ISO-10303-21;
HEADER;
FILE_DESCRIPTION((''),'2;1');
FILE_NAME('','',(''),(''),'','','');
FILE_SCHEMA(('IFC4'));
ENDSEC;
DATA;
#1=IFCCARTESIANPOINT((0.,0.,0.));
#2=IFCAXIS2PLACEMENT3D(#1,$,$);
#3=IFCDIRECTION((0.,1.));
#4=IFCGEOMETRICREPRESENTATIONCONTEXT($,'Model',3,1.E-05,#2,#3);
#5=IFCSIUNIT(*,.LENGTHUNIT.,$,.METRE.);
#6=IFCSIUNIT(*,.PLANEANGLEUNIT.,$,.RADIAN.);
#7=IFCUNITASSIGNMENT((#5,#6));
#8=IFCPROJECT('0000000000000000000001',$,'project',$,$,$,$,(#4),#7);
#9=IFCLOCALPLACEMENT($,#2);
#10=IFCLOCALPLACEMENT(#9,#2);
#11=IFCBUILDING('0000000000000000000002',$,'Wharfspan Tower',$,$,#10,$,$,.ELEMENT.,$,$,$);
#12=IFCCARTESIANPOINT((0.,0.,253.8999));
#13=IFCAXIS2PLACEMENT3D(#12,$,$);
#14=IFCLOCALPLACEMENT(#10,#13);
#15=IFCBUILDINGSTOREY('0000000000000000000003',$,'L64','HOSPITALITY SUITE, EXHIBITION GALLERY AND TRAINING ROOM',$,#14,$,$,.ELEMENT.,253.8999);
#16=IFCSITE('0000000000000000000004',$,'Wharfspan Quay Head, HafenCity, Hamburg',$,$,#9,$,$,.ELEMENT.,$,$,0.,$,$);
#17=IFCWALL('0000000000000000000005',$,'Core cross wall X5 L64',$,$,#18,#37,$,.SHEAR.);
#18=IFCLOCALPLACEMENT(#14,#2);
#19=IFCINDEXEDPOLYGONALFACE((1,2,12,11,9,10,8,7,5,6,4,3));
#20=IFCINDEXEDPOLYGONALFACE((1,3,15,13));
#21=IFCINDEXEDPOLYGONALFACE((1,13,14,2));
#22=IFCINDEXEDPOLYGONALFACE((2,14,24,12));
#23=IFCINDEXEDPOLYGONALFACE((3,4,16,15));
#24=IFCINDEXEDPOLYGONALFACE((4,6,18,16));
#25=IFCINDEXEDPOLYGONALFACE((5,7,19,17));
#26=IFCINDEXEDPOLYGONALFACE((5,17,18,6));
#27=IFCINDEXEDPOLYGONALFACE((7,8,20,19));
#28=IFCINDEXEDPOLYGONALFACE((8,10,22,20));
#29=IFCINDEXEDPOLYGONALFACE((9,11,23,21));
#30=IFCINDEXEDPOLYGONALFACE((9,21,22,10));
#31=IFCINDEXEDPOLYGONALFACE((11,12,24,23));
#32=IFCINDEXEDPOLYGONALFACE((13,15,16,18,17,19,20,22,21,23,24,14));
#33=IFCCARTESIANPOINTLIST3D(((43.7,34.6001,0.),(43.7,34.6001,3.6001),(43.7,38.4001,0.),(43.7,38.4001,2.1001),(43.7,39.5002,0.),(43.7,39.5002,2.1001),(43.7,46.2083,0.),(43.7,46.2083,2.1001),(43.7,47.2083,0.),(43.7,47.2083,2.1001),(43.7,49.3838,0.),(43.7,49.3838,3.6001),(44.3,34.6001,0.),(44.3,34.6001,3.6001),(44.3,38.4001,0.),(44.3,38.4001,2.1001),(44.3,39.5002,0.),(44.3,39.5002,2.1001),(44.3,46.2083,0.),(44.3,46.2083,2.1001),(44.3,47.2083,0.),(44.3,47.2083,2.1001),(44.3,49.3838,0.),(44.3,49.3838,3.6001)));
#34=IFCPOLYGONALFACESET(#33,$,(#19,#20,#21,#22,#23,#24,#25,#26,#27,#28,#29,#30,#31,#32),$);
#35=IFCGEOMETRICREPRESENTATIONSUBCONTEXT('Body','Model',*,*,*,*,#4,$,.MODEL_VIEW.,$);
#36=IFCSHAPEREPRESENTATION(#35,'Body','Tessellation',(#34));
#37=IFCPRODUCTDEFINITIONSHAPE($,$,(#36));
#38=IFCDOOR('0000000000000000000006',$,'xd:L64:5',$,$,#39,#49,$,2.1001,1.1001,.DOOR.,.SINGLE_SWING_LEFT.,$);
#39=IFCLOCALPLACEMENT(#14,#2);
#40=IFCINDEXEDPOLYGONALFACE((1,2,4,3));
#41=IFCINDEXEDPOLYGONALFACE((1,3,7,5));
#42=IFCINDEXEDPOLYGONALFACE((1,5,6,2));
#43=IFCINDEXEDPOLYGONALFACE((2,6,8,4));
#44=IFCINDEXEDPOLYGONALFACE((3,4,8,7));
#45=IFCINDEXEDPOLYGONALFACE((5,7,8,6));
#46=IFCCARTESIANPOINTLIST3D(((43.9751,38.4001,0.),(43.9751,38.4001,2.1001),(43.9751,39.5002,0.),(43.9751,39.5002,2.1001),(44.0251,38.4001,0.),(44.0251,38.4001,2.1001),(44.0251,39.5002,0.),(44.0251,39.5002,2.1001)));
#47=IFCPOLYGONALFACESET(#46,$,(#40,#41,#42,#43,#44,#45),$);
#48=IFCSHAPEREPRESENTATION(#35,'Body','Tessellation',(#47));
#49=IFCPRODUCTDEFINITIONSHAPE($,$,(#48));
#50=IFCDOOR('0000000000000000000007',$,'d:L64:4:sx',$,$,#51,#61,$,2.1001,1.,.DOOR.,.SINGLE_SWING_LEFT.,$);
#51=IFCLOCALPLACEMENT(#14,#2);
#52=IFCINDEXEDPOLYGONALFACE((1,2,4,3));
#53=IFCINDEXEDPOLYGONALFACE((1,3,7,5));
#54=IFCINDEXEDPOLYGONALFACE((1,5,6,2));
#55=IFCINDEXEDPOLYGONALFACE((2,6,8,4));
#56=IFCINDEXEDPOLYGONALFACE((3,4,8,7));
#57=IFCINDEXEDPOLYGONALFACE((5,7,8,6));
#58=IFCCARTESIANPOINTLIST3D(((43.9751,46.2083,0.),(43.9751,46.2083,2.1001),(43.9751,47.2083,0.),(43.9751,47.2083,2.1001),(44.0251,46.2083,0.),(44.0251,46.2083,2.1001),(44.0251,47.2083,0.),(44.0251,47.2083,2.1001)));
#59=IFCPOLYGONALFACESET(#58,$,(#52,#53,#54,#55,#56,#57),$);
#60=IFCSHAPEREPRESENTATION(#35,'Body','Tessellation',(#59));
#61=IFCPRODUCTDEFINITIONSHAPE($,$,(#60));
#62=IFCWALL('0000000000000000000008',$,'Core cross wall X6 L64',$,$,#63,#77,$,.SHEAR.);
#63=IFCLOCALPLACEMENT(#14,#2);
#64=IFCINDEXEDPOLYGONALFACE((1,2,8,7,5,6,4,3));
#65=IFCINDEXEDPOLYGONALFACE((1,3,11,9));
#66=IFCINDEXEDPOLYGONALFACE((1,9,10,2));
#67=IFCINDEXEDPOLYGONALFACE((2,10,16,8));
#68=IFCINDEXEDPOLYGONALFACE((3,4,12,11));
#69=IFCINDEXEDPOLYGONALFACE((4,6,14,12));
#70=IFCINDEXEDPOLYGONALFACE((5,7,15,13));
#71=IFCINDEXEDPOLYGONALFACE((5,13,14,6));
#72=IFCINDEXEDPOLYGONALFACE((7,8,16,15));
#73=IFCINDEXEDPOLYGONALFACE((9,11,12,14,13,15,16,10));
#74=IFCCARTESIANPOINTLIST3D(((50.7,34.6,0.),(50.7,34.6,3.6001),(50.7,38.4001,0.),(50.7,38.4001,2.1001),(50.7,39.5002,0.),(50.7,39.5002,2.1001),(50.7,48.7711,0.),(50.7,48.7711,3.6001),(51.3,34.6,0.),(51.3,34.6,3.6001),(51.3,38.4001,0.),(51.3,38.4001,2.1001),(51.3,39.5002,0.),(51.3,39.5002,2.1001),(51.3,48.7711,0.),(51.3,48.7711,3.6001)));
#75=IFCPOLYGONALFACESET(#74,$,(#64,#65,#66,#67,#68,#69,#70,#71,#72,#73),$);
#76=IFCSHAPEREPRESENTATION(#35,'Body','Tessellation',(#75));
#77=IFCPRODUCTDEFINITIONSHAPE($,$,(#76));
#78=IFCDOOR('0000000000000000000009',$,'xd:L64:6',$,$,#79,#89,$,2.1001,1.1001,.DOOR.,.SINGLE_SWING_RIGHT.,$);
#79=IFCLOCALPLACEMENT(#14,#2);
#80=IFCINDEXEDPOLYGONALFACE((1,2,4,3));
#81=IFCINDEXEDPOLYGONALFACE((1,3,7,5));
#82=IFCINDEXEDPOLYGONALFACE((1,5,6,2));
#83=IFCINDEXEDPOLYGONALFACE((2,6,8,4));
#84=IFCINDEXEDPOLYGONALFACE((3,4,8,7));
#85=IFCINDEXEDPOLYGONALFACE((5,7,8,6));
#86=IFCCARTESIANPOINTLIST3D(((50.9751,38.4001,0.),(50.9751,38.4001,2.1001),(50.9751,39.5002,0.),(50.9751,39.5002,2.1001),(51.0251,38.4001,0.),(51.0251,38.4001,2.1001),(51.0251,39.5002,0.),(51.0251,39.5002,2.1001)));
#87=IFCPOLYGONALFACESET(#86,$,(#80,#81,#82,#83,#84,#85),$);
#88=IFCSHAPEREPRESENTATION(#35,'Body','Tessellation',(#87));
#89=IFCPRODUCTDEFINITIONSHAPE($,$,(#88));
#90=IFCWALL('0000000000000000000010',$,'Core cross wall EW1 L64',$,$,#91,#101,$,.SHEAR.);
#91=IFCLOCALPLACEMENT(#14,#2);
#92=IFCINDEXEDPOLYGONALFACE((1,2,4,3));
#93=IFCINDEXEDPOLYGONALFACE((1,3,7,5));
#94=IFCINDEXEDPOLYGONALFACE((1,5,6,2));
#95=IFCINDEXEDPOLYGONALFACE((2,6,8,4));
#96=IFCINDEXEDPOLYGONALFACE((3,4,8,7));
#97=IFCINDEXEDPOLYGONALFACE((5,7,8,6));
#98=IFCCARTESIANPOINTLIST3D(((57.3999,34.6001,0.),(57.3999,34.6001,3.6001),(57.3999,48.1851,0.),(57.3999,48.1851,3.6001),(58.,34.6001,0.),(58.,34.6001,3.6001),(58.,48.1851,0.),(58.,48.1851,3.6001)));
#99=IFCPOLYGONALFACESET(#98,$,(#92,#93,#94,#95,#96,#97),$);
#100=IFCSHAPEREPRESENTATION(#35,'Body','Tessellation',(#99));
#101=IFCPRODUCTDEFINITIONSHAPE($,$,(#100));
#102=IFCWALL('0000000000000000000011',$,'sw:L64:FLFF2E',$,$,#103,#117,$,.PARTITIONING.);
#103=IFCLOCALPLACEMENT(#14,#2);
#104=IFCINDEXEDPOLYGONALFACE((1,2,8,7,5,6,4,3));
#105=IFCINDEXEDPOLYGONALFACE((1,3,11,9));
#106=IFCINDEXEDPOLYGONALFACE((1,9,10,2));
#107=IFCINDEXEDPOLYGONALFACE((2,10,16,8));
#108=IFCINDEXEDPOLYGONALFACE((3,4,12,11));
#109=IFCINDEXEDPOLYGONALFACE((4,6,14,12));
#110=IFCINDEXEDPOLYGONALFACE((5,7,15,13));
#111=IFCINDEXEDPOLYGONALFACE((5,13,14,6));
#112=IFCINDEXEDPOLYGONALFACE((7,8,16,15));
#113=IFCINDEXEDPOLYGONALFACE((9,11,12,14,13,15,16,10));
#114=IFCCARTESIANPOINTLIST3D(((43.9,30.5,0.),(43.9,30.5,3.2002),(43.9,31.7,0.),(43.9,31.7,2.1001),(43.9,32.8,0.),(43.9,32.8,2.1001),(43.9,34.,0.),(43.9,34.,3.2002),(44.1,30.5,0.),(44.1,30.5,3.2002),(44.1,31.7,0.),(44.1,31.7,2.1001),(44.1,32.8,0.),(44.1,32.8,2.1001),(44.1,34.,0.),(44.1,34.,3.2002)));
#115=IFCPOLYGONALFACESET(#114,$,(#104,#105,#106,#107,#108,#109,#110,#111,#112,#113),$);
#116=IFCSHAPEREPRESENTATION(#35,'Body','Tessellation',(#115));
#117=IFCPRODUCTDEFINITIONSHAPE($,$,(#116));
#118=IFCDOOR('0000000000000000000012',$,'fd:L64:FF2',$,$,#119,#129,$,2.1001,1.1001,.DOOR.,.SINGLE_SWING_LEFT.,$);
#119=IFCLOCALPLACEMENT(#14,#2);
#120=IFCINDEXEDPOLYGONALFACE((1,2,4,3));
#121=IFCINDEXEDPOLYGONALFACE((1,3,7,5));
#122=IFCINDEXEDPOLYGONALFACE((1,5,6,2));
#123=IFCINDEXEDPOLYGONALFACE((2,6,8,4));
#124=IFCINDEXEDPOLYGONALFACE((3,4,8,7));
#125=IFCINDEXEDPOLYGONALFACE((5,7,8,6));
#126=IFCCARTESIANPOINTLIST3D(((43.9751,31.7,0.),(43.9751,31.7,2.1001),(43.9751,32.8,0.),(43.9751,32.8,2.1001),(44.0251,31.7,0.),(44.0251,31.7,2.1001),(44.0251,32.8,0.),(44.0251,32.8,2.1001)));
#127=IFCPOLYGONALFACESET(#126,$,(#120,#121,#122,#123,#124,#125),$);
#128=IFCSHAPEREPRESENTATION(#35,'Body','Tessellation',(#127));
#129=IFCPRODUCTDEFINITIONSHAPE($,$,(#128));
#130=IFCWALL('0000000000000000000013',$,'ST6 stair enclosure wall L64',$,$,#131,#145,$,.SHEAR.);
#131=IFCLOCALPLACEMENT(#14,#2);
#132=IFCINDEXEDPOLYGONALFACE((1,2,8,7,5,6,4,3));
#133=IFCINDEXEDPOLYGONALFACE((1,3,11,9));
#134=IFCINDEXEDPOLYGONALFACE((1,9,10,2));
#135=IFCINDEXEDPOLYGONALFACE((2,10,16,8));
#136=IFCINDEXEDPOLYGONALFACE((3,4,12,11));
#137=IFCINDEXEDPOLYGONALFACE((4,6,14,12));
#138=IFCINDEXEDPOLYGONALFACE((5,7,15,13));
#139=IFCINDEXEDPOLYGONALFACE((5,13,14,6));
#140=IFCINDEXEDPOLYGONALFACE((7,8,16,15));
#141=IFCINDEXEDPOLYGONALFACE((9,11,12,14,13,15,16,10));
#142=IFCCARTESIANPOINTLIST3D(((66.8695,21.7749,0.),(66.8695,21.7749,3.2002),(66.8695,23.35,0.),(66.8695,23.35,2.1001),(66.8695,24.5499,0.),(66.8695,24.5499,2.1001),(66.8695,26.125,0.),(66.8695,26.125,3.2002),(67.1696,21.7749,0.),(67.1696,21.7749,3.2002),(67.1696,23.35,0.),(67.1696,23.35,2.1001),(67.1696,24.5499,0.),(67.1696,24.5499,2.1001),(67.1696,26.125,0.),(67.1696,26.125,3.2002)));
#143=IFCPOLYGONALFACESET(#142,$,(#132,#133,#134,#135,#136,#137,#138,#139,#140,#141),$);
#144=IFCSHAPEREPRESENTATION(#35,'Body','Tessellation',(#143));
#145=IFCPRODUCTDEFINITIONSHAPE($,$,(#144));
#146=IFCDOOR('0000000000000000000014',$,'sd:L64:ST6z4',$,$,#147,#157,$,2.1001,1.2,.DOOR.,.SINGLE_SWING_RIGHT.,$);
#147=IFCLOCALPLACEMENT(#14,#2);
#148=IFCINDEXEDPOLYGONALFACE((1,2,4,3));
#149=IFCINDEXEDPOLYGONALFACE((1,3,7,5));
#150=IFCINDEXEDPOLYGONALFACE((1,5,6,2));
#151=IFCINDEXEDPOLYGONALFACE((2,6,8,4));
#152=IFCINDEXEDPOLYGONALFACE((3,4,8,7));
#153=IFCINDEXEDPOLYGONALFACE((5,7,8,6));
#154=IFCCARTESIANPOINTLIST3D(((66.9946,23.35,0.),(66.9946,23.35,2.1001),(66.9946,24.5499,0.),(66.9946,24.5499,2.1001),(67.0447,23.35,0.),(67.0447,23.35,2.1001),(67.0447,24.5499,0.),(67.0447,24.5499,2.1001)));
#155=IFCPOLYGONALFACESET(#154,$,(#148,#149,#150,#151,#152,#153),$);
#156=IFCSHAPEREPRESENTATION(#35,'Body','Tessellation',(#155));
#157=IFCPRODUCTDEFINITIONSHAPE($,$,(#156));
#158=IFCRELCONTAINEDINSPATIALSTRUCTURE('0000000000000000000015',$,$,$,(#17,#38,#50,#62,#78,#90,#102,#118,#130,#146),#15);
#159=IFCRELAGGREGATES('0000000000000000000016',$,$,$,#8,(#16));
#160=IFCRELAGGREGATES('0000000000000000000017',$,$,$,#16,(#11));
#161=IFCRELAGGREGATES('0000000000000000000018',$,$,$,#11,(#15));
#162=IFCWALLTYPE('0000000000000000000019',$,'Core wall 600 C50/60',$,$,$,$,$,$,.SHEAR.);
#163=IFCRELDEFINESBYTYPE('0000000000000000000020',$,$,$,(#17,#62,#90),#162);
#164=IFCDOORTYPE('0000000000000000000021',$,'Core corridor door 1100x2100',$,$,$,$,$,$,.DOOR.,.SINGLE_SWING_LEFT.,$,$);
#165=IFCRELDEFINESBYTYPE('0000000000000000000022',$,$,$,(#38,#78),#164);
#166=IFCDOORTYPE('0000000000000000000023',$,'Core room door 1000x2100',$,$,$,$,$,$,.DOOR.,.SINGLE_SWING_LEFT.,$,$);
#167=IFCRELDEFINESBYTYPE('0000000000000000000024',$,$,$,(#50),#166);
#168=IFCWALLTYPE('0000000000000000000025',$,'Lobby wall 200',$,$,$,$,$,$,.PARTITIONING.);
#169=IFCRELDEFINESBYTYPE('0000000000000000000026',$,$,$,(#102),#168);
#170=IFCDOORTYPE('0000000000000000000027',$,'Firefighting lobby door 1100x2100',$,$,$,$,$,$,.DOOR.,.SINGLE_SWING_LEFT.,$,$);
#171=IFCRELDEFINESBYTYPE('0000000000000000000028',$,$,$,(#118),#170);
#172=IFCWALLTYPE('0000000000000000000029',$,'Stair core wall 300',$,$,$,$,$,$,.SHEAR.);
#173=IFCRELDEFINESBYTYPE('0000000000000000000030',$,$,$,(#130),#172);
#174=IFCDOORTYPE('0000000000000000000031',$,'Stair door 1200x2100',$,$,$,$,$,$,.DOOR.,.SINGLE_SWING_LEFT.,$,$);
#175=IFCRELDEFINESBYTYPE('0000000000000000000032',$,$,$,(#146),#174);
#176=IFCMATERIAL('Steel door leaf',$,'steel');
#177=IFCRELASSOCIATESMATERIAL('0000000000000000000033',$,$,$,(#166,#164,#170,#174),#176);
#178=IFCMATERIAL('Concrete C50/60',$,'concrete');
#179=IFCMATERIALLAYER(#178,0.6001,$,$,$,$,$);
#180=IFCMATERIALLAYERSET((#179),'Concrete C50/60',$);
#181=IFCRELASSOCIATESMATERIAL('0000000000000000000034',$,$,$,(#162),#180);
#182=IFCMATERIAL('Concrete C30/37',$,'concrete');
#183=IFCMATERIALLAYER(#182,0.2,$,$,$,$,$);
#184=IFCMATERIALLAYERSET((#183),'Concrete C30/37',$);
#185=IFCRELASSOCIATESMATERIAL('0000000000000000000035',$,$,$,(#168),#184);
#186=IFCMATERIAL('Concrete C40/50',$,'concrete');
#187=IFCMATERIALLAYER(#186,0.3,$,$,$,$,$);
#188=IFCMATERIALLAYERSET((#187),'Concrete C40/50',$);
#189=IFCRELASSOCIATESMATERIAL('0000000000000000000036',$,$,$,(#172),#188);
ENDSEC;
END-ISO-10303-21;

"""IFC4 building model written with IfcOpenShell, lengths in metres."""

from ifc_helpers import new_model, si_unit, direction, frame, frame_2d, origin, place, context, subcontext, project, spatial, rectangle, extrude, material, layer, layer_set, type_object, element, fill, save


model = new_model("IFC4")

# Units and contexts
model_context = context("Model", 3, precision=1e-05, world=origin(), true_north=direction((0.0, 1.0)))
body_context = subcontext(model_context, "Body", "Model", "MODEL_VIEW")
ifc_project = project(units=[si_unit("LENGTHUNIT", "METRE"), si_unit("PLANEANGLEUNIT", "RADIAN")], contexts=[model_context])

# Site, building, storey
site_placement = place(None, origin())
site = spatial("IfcSite", under=ifc_project, at=site_placement, Name="Wharfspan Quay Head, HafenCity, Hamburg", CompositionType="ELEMENT", RefElevation=0.0)
building_placement = place(site_placement, origin())
building = spatial("IfcBuilding", under=site, at=building_placement, Name="Wharfspan Tower", CompositionType="ELEMENT")
storey_placement = place(building_placement, frame((0.0, 0.0, 253.8999)))
storey = spatial("IfcBuildingStorey", under=building, at=storey_placement, Name="L64", Description="HOSPITALITY SUITE, EXHIBITION GALLERY AND TRAINING ROOM", CompositionType="ELEMENT", Elevation=253.8999)

# Shared definitions
ifc_material_1 = material(Name="Steel door leaf", Category="steel")
door_type_1 = type_object("IfcDoorType", Name="Core room door 1000x2100", OperationType="SINGLE_SWING_LEFT", PredefinedType="DOOR", material=ifc_material_1)

# Wall, openings, doors
ifc_material_2 = material(Name="Concrete C50/60", Category="concrete")
ifc_layer_1 = layer(ifc_material_2, 0.6001)
ifc_layer_set_1 = layer_set([ifc_layer_1], Name="Concrete C50/60")
wall_type_1 = type_object("IfcWallType", Name="Core wall 600 C50/60", PredefinedType="SHEAR", material=ifc_layer_set_1)
wall_1_placement = place(storey_placement, frame((44.0, 34.6001, 0.0), z_axis=(0.0, 0.0, 1.0), x_axis=(0.0, 1.0, 0.0)))
wall_1 = element("IfcWall", 1, at=wall_1_placement, inside=storey, type_object=wall_type_1, Name="Core cross wall X5 L64", PredefinedType="SHEAR", context=body_context, shape_type="SweptSolid", body=[
    extrude(rectangle(XDim=14.7837, YDim=0.6001, at=frame_2d((7.3918, 0.0))), origin(), (0.0, 0.0, 1.0), 3.6001),
])
opening_1_placement = place(wall_1_placement, frame((11.6082, 0.0, 0.0)))
opening_1 = element("IfcOpeningElement", 2, at=opening_1_placement, cuts=wall_1, PredefinedType="OPENING", context=body_context, shape_type="SweptSolid", body=[
    extrude(rectangle(XDim=1.0, YDim=2.1001, at=frame_2d((0.5, 1.05))), frame((0.0, 0.3101, 0.0), z_axis=(0.0, -1.0, 0.0), x_axis=(1.0, 0.0, 0.0)), (0.0, 0.0, 1.0), 0.6201),
])
opening_2_placement = place(wall_1_placement, frame((3.8, 0.0, 0.0)))
opening_2 = element("IfcOpeningElement", 3, at=opening_2_placement, cuts=wall_1, PredefinedType="OPENING", context=body_context, shape_type="SweptSolid", body=[
    extrude(rectangle(XDim=1.1001, YDim=2.1001, at=frame_2d((0.55, 1.05))), frame((0.0, 0.3101, 0.0), z_axis=(0.0, -1.0, 0.0), x_axis=(1.0, 0.0, 0.0)), (0.0, 0.0, 1.0), 0.6201),
])
door_type_2 = type_object("IfcDoorType", Name="Core corridor door 1100x2100", OperationType="SINGLE_SWING_LEFT", PredefinedType="DOOR", material=ifc_material_1)
door_1_placement = place(opening_2_placement, origin())
door_1 = element("IfcDoor", 4, at=door_1_placement, inside=storey, type_object=door_type_2, Name="xd:L64:5", OperationType="SINGLE_SWING_LEFT", OverallHeight=2.1001, OverallWidth=1.1001, PredefinedType="DOOR", context=body_context, shape_type="SweptSolid", body=[
    extrude(rectangle(XDim=1.1001, YDim=2.1001, at=frame_2d((0.55, 1.05))), frame((0.0, 0.0249, 0.0), z_axis=(0.0, -1.0, 0.0), x_axis=(1.0, 0.0, 0.0)), (0.0, 0.0, 1.0), 0.05),
])
fill(opening_2, door_1)
door_2_placement = place(opening_1_placement, origin())
door_2 = element("IfcDoor", 5, at=door_2_placement, inside=storey, type_object=door_type_1, Name="d:L64:4:sx", OperationType="SINGLE_SWING_LEFT", OverallHeight=2.1001, OverallWidth=1.0, PredefinedType="DOOR", context=body_context, shape_type="SweptSolid", body=[
    extrude(rectangle(XDim=1.0, YDim=2.1001, at=frame_2d((0.5, 1.05))), frame((0.0, 0.0249, 0.0), z_axis=(0.0, -1.0, 0.0), x_axis=(1.0, 0.0, 0.0)), (0.0, 0.0, 1.0), 0.05),
])
fill(opening_1, door_2)

# Wall, opening, door
wall_2_placement = place(storey_placement, frame((51.0, 34.6001, 0.0), z_axis=(0.0, 0.0, 1.0), x_axis=(0.0, 1.0, 0.0)))
wall_2 = element("IfcWall", 6, at=wall_2_placement, inside=storey, type_object=wall_type_1, Name="Core cross wall X6 L64", PredefinedType="SHEAR", context=body_context, shape_type="SweptSolid", body=[
    extrude(rectangle(XDim=14.1711, YDim=0.6001, at=frame_2d((7.0854, 0.0))), origin(), (0.0, 0.0, 1.0), 3.6001),
])
opening_3_placement = place(wall_2_placement, frame((3.8, 0.0, 0.0)))
opening_3 = element("IfcOpeningElement", 7, at=opening_3_placement, cuts=wall_2, PredefinedType="OPENING", context=body_context, shape_type="SweptSolid", body=[
    extrude(rectangle(XDim=1.1001, YDim=2.1001, at=frame_2d((0.55, 1.05))), frame((0.0, 0.3101, 0.0), z_axis=(0.0, -1.0, 0.0), x_axis=(1.0, 0.0, 0.0)), (0.0, 0.0, 1.0), 0.6201),
])
door_3_placement = place(opening_3_placement, origin())
door_3 = element("IfcDoor", 8, at=door_3_placement, inside=storey, type_object=door_type_2, Name="xd:L64:6", OperationType="SINGLE_SWING_RIGHT", OverallHeight=2.1001, OverallWidth=1.1001, PredefinedType="DOOR", context=body_context, shape_type="SweptSolid", body=[
    extrude(rectangle(XDim=1.1001, YDim=2.1001, at=frame_2d((0.55, 1.05))), frame((0.0, 0.0249, 0.0), z_axis=(0.0, -1.0, 0.0), x_axis=(1.0, 0.0, 0.0)), (0.0, 0.0, 1.0), 0.05),
])
fill(opening_3, door_3)

# Wall
wall_3_placement = place(storey_placement, frame((57.7, 34.6001, 0.0), z_axis=(0.0, 0.0, 1.0), x_axis=(0.0, 1.0, 0.0)))
element("IfcWall", 9, at=wall_3_placement, inside=storey, type_object=wall_type_1, Name="Core cross wall EW1 L64", PredefinedType="SHEAR", context=body_context, shape_type="SweptSolid", body=[
    extrude(rectangle(XDim=13.585, YDim=0.6001, at=frame_2d((6.7925, 0.0))), origin(), (0.0, 0.0, 1.0), 3.6001),
])

# Walls, openings, doors
ifc_material_3 = material(Name="Concrete C30/37", Category="concrete")
ifc_layer_2 = layer(ifc_material_3, 0.2)
ifc_layer_set_2 = layer_set([ifc_layer_2], Name="Concrete C30/37")
wall_type_2 = type_object("IfcWallType", Name="Lobby wall 200", PredefinedType="PARTITIONING", material=ifc_layer_set_2)
wall_4_placement = place(storey_placement, frame((44.0, 30.5, 0.0), z_axis=(0.0, 0.0, 1.0), x_axis=(0.0, 1.0, 0.0)))
wall_4 = element("IfcWall", 10, at=wall_4_placement, inside=storey, type_object=wall_type_2, Name="sw:L64:FLFF2E", PredefinedType="PARTITIONING", context=body_context, shape_type="SweptSolid", body=[
    extrude(rectangle(XDim=3.5, YDim=0.2, at=frame_2d((1.75, 0.0))), origin(), (0.0, 0.0, 1.0), 3.2002),
])
opening_4_placement = place(wall_4_placement, frame((1.2, 0.0, 0.0)))
opening_4 = element("IfcOpeningElement", 11, at=opening_4_placement, cuts=wall_4, PredefinedType="OPENING", context=body_context, shape_type="SweptSolid", body=[
    extrude(rectangle(XDim=1.1001, YDim=2.1001, at=frame_2d((0.55, 1.05))), frame((0.0, 0.1099, 0.0), z_axis=(0.0, -1.0, 0.0), x_axis=(1.0, 0.0, 0.0)), (0.0, 0.0, 1.0), 0.22),
])
door_type_3 = type_object("IfcDoorType", Name="Firefighting lobby door 1100x2100", OperationType="SINGLE_SWING_LEFT", PredefinedType="DOOR", material=ifc_material_1)
door_4_placement = place(opening_4_placement, origin())
door_4 = element("IfcDoor", 12, at=door_4_placement, inside=storey, type_object=door_type_3, Name="fd:L64:FF2", OperationType="SINGLE_SWING_LEFT", OverallHeight=2.1001, OverallWidth=1.1001, PredefinedType="DOOR", context=body_context, shape_type="SweptSolid", body=[
    extrude(rectangle(XDim=1.1001, YDim=2.1001, at=frame_2d((0.55, 1.05))), frame((0.0, 0.0249, 0.0), z_axis=(0.0, -1.0, 0.0), x_axis=(1.0, 0.0, 0.0)), (0.0, 0.0, 1.0), 0.05),
])
fill(opening_4, door_4)
ifc_material_4 = material(Name="Concrete C40/50", Category="concrete")
ifc_layer_3 = layer(ifc_material_4, 0.3)
ifc_layer_set_3 = layer_set([ifc_layer_3], Name="Concrete C40/50")
wall_type_3 = type_object("IfcWallType", Name="Stair core wall 300", PredefinedType="SHEAR", material=ifc_layer_set_3)
wall_5_placement = place(storey_placement, frame((67.0195, 21.7749, 0.0), z_axis=(0.0, 0.0, 1.0), x_axis=(0.0, 1.0, 0.0)))
wall_5 = element("IfcWall", 13, at=wall_5_placement, inside=storey, type_object=wall_type_3, Name="ST6 stair enclosure wall L64", PredefinedType="SHEAR", context=body_context, shape_type="SweptSolid", body=[
    extrude(rectangle(XDim=4.3501, YDim=0.3, at=frame_2d((2.175, 0.0))), origin(), (0.0, 0.0, 1.0), 3.2002),
])
opening_5_placement = place(wall_5_placement, frame((1.575, 0.0, 0.0)))
opening_5 = element("IfcOpeningElement", 14, at=opening_5_placement, cuts=wall_5, PredefinedType="OPENING", context=body_context, shape_type="SweptSolid", body=[
    extrude(rectangle(XDim=1.2, YDim=2.1001, at=frame_2d((0.6001, 1.05))), frame((0.0, 0.1599, 0.0), z_axis=(0.0, -1.0, 0.0), x_axis=(1.0, 0.0, 0.0)), (0.0, 0.0, 1.0), 0.3201),
])
door_type_4 = type_object("IfcDoorType", Name="Stair door 1200x2100", OperationType="SINGLE_SWING_LEFT", PredefinedType="DOOR", material=ifc_material_1)
door_5_placement = place(opening_5_placement, origin())
door_5 = element("IfcDoor", 15, at=door_5_placement, inside=storey, type_object=door_type_4, Name="sd:L64:ST6z4", OperationType="SINGLE_SWING_RIGHT", OverallHeight=2.1001, OverallWidth=1.2, PredefinedType="DOOR", context=body_context, shape_type="SweptSolid", body=[
    extrude(rectangle(XDim=1.2, YDim=2.1001, at=frame_2d((0.6001, 1.05))), frame((0.0, 0.0249, 0.0), z_axis=(0.0, -1.0, 0.0), x_axis=(1.0, 0.0, 0.0)), (0.0, 0.0, 1.0), 0.05),
])
fill(opening_5, door_5)

save(model, "model.ifc")
